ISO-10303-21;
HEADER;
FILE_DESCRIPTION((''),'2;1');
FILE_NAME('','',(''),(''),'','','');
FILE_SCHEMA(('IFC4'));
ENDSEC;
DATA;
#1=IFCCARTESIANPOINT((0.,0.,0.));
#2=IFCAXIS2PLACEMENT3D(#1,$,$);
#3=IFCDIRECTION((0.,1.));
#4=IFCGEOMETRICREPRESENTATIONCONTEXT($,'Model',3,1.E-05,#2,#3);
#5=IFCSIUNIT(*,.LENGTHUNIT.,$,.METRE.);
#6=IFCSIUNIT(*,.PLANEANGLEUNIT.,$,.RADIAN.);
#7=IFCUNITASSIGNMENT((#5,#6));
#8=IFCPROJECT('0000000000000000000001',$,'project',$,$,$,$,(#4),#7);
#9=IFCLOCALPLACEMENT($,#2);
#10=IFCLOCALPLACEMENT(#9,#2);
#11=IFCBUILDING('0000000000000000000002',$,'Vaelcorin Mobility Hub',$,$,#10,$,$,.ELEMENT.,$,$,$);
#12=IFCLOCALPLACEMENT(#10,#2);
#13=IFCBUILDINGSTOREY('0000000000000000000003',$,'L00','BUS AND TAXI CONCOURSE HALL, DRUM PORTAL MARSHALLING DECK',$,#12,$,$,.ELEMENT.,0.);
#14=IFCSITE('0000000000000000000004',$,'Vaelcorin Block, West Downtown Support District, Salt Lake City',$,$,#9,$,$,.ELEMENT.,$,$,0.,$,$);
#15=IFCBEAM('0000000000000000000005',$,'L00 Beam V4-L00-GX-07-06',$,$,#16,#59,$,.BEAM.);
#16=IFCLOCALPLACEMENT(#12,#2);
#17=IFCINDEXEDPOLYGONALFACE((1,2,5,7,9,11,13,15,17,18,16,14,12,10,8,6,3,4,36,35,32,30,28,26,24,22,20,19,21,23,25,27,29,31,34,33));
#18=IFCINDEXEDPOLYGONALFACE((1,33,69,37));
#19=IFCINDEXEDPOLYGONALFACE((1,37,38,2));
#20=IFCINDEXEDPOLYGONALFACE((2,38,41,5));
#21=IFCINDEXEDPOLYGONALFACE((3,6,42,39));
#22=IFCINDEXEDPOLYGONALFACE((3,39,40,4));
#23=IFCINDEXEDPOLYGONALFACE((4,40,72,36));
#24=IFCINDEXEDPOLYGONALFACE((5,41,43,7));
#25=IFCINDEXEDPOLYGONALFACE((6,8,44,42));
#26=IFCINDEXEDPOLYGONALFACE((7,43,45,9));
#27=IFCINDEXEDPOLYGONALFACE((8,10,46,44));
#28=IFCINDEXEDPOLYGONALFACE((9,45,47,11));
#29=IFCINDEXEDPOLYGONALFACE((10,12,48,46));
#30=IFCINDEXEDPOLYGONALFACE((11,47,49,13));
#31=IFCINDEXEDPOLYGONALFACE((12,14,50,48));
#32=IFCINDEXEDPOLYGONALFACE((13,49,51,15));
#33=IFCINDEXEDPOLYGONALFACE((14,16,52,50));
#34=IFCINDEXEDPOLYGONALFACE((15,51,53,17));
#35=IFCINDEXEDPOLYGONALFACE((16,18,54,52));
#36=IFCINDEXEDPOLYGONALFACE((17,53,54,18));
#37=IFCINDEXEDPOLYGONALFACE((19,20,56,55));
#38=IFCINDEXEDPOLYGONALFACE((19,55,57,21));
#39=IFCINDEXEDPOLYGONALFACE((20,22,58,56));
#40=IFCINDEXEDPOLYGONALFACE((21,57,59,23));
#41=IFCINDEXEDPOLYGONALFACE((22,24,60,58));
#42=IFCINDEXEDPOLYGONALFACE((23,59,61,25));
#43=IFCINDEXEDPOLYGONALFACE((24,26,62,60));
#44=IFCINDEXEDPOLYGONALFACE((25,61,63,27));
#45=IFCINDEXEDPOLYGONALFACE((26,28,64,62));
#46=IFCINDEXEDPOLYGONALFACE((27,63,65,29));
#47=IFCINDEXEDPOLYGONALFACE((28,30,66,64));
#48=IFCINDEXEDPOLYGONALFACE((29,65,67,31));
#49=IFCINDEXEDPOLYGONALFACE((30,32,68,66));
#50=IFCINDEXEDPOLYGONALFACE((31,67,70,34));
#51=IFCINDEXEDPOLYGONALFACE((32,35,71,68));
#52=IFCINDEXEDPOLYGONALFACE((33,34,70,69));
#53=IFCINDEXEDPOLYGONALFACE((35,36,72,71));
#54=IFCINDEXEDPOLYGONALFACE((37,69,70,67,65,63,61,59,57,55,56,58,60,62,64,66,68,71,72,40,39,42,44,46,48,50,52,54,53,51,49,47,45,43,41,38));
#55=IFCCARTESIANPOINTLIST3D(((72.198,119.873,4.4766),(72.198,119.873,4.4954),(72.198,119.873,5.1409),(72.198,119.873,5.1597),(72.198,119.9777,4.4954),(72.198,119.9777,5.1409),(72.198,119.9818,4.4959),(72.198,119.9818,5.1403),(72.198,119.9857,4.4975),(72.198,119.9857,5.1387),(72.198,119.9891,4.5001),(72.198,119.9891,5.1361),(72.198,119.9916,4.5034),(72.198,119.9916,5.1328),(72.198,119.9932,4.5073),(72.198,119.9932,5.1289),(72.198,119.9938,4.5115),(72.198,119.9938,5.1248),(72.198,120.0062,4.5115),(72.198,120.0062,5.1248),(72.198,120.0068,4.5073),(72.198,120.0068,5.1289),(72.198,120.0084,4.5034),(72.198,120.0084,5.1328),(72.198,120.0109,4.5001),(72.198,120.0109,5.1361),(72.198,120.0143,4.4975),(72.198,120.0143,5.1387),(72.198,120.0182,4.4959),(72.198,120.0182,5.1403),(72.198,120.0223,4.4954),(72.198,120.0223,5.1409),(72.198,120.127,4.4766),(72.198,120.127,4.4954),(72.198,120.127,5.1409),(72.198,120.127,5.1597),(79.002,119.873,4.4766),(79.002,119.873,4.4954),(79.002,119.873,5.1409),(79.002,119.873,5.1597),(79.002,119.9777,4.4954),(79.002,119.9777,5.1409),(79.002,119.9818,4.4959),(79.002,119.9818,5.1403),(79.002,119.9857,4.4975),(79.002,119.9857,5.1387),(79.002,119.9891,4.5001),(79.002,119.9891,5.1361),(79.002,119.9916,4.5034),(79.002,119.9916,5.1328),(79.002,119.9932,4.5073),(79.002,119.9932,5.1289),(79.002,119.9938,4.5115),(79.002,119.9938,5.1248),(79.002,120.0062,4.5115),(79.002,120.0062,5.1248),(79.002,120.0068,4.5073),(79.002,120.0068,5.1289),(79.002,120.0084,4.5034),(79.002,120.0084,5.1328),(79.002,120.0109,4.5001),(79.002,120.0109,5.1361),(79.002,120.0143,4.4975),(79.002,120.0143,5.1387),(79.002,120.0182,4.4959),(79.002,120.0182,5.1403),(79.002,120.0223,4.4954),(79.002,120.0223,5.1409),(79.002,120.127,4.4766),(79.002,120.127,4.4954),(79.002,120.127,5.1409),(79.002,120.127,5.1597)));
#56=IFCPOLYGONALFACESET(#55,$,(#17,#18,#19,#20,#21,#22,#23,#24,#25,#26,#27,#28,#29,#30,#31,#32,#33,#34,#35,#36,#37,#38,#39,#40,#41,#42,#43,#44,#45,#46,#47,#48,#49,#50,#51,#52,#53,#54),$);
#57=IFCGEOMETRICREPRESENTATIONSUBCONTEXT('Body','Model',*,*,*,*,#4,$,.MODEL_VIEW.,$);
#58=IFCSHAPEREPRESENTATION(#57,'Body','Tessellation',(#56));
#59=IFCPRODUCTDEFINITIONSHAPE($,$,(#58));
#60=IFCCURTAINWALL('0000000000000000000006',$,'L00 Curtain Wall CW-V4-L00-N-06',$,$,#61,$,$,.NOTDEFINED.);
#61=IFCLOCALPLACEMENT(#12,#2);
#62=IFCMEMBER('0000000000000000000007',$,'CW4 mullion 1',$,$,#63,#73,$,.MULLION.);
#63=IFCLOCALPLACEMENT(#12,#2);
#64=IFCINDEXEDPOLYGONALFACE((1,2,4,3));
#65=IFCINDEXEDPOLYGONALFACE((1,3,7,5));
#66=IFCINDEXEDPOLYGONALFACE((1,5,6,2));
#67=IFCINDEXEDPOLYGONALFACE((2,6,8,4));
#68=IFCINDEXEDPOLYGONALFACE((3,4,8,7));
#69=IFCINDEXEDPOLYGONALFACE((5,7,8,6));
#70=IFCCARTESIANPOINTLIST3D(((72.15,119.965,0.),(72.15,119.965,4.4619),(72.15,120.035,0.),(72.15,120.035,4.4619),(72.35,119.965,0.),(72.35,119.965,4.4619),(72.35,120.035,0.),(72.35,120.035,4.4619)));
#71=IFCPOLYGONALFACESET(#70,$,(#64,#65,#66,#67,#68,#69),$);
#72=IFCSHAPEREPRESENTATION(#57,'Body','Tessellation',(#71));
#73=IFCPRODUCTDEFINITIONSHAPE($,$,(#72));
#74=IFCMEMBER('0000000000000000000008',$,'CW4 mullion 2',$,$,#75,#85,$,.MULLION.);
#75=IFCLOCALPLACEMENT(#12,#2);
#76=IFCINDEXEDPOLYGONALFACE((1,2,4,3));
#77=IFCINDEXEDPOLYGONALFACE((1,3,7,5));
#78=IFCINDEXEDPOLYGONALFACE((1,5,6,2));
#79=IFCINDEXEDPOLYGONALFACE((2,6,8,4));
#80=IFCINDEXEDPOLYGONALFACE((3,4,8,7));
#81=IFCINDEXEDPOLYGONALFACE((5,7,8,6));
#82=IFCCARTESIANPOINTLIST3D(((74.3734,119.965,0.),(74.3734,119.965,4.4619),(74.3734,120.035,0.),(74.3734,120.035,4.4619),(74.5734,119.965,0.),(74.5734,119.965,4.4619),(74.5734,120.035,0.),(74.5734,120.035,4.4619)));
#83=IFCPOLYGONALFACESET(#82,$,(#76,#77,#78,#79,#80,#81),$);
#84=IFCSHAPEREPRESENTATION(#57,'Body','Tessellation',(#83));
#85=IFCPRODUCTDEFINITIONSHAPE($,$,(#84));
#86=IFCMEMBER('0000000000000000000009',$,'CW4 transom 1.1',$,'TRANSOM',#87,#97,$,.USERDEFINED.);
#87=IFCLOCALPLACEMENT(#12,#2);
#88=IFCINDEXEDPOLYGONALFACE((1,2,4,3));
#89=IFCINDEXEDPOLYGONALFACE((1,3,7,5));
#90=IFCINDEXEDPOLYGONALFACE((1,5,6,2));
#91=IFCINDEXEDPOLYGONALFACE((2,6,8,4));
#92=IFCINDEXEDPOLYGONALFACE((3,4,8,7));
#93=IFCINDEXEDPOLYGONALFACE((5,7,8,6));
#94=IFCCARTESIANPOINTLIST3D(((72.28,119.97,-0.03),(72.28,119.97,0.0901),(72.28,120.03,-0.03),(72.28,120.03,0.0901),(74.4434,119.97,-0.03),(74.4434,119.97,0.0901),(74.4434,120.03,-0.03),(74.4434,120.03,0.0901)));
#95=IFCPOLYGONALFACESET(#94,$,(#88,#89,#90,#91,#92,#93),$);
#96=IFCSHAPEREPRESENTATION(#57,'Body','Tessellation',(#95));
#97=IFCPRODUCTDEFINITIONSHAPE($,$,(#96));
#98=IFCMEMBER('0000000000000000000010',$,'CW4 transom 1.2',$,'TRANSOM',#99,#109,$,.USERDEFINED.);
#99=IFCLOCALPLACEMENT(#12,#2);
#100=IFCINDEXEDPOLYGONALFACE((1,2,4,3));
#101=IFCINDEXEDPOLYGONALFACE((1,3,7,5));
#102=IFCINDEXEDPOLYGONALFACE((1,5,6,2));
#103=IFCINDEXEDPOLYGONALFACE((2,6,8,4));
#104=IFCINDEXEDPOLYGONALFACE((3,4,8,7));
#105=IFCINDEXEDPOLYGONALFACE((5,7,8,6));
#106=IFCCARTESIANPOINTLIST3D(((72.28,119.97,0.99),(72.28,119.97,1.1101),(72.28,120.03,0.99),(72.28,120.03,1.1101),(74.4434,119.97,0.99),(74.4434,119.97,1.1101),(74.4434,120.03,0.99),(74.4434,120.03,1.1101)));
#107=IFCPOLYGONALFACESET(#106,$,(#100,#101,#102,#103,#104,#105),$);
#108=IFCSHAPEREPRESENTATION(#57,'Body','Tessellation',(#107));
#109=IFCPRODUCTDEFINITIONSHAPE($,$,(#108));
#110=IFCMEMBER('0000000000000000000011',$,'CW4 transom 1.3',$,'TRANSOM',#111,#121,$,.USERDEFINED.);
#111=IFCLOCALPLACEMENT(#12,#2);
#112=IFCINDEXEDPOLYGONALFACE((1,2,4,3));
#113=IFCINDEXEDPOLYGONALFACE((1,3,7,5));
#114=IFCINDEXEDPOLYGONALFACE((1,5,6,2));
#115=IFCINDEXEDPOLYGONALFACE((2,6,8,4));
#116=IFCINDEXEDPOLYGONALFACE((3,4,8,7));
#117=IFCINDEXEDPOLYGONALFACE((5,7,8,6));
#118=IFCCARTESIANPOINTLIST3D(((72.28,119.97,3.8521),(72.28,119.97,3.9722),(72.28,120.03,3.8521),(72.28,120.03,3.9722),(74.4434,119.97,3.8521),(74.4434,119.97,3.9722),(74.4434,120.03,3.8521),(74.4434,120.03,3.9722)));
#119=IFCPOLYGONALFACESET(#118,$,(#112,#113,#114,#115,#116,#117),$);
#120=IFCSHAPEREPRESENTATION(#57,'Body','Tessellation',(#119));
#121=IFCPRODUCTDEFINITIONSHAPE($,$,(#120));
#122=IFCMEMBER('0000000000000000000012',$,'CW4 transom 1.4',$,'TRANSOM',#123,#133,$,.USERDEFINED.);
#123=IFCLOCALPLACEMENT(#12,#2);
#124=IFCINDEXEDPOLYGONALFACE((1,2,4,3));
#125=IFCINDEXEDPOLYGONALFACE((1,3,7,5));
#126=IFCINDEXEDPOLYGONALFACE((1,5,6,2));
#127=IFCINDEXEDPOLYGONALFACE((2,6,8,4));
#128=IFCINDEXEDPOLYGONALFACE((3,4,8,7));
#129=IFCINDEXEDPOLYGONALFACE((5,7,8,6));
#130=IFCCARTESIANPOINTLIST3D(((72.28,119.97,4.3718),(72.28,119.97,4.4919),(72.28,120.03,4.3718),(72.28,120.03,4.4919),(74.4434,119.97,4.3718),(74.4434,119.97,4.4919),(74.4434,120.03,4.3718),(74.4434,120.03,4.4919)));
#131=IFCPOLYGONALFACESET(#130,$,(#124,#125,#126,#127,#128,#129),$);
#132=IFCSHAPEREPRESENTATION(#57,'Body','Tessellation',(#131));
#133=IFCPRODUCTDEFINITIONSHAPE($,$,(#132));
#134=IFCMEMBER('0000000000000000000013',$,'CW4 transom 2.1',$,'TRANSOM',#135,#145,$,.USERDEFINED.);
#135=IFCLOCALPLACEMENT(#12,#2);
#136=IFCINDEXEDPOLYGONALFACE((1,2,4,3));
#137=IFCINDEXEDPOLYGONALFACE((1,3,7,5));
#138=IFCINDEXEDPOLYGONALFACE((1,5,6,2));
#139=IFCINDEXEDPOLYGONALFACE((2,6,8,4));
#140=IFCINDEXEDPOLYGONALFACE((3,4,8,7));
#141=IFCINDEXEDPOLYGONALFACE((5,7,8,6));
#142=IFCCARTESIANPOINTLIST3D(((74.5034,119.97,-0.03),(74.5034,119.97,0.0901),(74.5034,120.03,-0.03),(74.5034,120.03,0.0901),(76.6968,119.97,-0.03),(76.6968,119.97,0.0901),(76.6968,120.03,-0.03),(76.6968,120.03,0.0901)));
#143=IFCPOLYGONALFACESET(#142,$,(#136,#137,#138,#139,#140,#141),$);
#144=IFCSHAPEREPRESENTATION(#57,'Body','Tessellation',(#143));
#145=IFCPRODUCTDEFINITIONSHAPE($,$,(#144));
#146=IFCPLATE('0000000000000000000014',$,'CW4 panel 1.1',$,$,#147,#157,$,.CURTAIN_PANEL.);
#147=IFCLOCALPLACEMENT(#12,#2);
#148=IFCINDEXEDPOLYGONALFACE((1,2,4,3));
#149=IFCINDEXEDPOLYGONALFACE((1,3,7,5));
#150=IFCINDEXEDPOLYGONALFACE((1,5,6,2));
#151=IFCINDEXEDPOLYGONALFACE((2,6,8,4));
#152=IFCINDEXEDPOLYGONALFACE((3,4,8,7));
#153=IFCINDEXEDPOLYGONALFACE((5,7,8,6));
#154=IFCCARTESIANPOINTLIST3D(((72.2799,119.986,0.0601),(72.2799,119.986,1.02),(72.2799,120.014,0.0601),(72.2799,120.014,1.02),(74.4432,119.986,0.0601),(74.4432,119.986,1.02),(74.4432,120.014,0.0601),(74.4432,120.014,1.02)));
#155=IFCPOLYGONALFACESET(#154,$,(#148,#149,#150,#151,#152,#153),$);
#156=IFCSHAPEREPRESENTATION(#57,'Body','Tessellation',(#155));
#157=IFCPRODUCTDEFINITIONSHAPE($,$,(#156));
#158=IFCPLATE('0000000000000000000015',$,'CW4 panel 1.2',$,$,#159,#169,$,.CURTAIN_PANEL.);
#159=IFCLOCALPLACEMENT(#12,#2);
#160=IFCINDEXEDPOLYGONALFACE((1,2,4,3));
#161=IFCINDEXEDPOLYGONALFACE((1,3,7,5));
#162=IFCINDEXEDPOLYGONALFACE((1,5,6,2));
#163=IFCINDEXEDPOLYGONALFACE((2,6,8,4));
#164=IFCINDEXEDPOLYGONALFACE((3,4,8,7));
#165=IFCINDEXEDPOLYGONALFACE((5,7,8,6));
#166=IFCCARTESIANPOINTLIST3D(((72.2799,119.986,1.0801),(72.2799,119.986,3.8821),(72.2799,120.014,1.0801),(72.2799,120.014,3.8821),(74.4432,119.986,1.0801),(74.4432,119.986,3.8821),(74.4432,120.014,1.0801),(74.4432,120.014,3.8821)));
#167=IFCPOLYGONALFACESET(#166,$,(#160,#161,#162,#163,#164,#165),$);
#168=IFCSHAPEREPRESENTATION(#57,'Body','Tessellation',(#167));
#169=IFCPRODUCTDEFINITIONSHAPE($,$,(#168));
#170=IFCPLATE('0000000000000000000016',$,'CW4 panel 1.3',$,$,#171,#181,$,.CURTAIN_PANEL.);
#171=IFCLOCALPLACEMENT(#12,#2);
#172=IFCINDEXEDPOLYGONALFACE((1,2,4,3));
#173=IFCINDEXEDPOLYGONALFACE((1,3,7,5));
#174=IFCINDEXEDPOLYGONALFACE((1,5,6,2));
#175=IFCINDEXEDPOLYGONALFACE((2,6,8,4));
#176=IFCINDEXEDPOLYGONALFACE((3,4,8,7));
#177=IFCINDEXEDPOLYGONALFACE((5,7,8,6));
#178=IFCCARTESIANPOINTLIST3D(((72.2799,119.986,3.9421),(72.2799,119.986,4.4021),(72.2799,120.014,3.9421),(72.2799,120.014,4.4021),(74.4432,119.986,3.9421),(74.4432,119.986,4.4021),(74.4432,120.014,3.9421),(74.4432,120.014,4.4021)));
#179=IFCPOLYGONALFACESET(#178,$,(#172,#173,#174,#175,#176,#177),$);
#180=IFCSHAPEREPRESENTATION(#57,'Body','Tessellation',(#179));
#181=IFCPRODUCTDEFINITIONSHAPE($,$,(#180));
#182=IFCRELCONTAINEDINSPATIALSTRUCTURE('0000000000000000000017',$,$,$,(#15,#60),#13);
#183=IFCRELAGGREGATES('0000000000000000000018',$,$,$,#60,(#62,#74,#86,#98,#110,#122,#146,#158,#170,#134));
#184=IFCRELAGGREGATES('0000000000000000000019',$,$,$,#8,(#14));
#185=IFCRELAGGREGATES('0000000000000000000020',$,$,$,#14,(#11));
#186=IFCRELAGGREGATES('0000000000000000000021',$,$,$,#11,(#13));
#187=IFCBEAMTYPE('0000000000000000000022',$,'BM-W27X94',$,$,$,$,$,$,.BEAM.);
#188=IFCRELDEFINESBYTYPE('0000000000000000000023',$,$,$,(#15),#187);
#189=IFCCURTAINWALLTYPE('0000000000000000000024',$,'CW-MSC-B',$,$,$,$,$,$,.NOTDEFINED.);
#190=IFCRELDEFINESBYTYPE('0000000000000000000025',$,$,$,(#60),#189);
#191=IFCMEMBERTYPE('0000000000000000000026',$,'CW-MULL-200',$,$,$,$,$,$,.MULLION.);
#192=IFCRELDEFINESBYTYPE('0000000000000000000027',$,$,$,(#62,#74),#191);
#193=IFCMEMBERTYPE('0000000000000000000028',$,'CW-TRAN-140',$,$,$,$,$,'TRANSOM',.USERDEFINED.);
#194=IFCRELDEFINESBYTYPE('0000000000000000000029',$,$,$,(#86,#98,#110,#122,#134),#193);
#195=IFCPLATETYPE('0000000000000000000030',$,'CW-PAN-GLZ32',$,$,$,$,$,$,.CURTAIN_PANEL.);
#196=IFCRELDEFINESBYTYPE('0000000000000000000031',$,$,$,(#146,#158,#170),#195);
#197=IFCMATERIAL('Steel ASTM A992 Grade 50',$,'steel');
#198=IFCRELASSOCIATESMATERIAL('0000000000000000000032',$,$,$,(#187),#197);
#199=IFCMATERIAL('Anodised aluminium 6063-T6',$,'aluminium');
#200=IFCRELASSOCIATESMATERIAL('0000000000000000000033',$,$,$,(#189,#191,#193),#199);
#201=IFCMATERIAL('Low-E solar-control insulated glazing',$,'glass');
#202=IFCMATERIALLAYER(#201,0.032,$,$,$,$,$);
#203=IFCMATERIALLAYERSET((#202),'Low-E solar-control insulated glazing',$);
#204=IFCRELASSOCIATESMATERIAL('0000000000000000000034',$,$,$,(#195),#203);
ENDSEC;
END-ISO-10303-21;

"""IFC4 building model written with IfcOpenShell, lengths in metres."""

from ifc_helpers import new_model, si_unit, direction, frame, origin, origin_2d, place, context, subcontext, project, spatial, rectangle, i_section, extrude, material, layer, layer_set, material_profile, profile_set, type_object, element, aggregate, save


model = new_model("IFC4")

# Units and contexts
model_context = context("Model", 3, precision=1e-05, world=origin(), true_north=direction((0.0, 1.0)))
body_context = subcontext(model_context, "Body", "Model", "MODEL_VIEW")
ifc_project = project(units=[si_unit("LENGTHUNIT", "METRE"), si_unit("PLANEANGLEUNIT", "RADIAN")], contexts=[model_context])

# Site, building, storey
site_placement = place(None, origin())
site = spatial("IfcSite", under=ifc_project, at=site_placement, Name="Vaelcorin Block, West Downtown Support District, Salt Lake City", CompositionType="ELEMENT", RefElevation=0.0)
building_placement = place(site_placement, origin())
building = spatial("IfcBuilding", under=site, at=building_placement, Name="Vaelcorin Mobility Hub", CompositionType="ELEMENT")
storey_placement = place(building_placement, origin())
storey = spatial("IfcBuildingStorey", under=building, at=storey_placement, Name="L00", Description="BUS AND TAXI CONCOURSE HALL, DRUM PORTAL MARSHALLING DECK", CompositionType="ELEMENT", Elevation=0.0)

# Shared definitions
ifc_material_1 = material(Name="Steel ASTM A992 Grade 50", Category="steel")

# Beam
ifc_material_profile_1 = material_profile(ifc_material_1, i_section(OverallWidth=0.2539, OverallDepth=0.6831, WebThickness=0.0125, FlangeThickness=0.0188, FilletRadius=0.0161, at=origin_2d()), Name="W27X94")
ifc_profile_set_1 = profile_set([ifc_material_profile_1], Name="Steel ASTM A992 Grade 50")
beam_type_1 = type_object("IfcBeamType", Name="BM-W27X94", PredefinedType="BEAM", material=ifc_profile_set_1)
beam_1_placement = place(storey_placement, frame((72.198, 120.0, 4.8181), z_axis=(1.0, 0.0, 0.0), x_axis=(0.0, 1.0, 0.0)))
element("IfcBeam", 1, at=beam_1_placement, inside=storey, type_object=beam_type_1, Name="L00 Beam V4-L00-GX-07-06", PredefinedType="BEAM", context=body_context, shape_type="SweptSolid", body=[
    extrude(i_section(OverallWidth=0.2539, OverallDepth=0.6831, WebThickness=0.0125, FlangeThickness=0.0188, FilletRadius=0.0161, at=origin_2d()), origin(), (0.0, 0.0, 1.0), 6.804),
])

# Curtain wall, members, plates
ifc_material_2 = material(Name="Anodised aluminium 6063-T6", Category="aluminium")
curtain_wall_type = type_object("IfcCurtainWallType", Name="CW-MSC-B", PredefinedType="NOTDEFINED", material=ifc_material_2)
curtain_wall_placement = place(storey_placement, origin())
curtain_wall = element("IfcCurtainWall", 2, at=curtain_wall_placement, inside=storey, type_object=curtain_wall_type, Name="L00 Curtain Wall CW-V4-L00-N-06", PredefinedType="NOTDEFINED")
ifc_material_profile_2 = material_profile(ifc_material_2, rectangle(XDim=0.0701, YDim=0.2, at=origin_2d()), Name="ALU-M70X200")
ifc_profile_set_2 = profile_set([ifc_material_profile_2], Name="Anodised aluminium 6063-T6")
member_type_1 = type_object("IfcMemberType", Name="CW-MULL-200", PredefinedType="MULLION", material=ifc_profile_set_2)
member_1_placement = place(storey_placement, frame((72.25, 120.0, 0.0), z_axis=(0.0, 0.0, 1.0), x_axis=(0.0, 1.0, 0.0)))
member_1 = element("IfcMember", 3, at=member_1_placement, type_object=member_type_1, Name="CW4 mullion 1", PredefinedType="MULLION", context=body_context, shape_type="SweptSolid", body=[
    extrude(rectangle(XDim=0.0701, YDim=0.2, at=origin_2d()), origin(), (0.0, 0.0, 1.0), 4.4619),
])
member_2_placement = place(storey_placement, frame((74.4734, 120.0, 0.0), z_axis=(0.0, 0.0, 1.0), x_axis=(0.0, 1.0, 0.0)))
member_2 = element("IfcMember", 4, at=member_2_placement, type_object=member_type_1, Name="CW4 mullion 2", PredefinedType="MULLION", context=body_context, shape_type="SweptSolid", body=[
    extrude(rectangle(XDim=0.0701, YDim=0.2, at=origin_2d()), origin(), (0.0, 0.0, 1.0), 4.4619),
])
ifc_material_profile_3 = material_profile(ifc_material_2, rectangle(XDim=0.0601, YDim=0.1201, at=origin_2d()), Name="ALU-T60X120")
ifc_profile_set_3 = profile_set([ifc_material_profile_3], Name="Anodised aluminium 6063-T6")
member_type_2 = type_object("IfcMemberType", Name="CW-TRAN-140", ElementType="TRANSOM", PredefinedType="USERDEFINED", material=ifc_profile_set_3)
member_3_placement = place(storey_placement, frame((72.28, 120.0, 0.03), z_axis=(1.0, 0.0, 0.0), x_axis=(0.0, 1.0, 0.0)))
member_3 = element("IfcMember", 5, at=member_3_placement, type_object=member_type_2, Name="CW4 transom 1.1", ObjectType="TRANSOM", PredefinedType="USERDEFINED", context=body_context, shape_type="SweptSolid", body=[
    extrude(rectangle(XDim=0.0601, YDim=0.1201, at=origin_2d()), origin(), (0.0, 0.0, 1.0), 2.1633),
])
member_4_placement = place(storey_placement, frame((72.28, 120.0, 1.05), z_axis=(1.0, 0.0, 0.0), x_axis=(0.0, 1.0, 0.0)))
member_4 = element("IfcMember", 6, at=member_4_placement, type_object=member_type_2, Name="CW4 transom 1.2", ObjectType="TRANSOM", PredefinedType="USERDEFINED", context=body_context, shape_type="SweptSolid", body=[
    extrude(rectangle(XDim=0.0601, YDim=0.1201, at=origin_2d()), origin(), (0.0, 0.0, 1.0), 2.1633),
])
member_5_placement = place(storey_placement, frame((72.28, 120.0, 3.9121), z_axis=(1.0, 0.0, 0.0), x_axis=(0.0, 1.0, 0.0)))
member_5 = element("IfcMember", 7, at=member_5_placement, type_object=member_type_2, Name="CW4 transom 1.3", ObjectType="TRANSOM", PredefinedType="USERDEFINED", context=body_context, shape_type="SweptSolid", body=[
    extrude(rectangle(XDim=0.0601, YDim=0.1201, at=origin_2d()), origin(), (0.0, 0.0, 1.0), 2.1633),
])
member_6_placement = place(storey_placement, frame((72.28, 120.0, 4.4319), z_axis=(1.0, 0.0, 0.0), x_axis=(0.0, 1.0, 0.0)))
member_6 = element("IfcMember", 8, at=member_6_placement, type_object=member_type_2, Name="CW4 transom 1.4", ObjectType="TRANSOM", PredefinedType="USERDEFINED", context=body_context, shape_type="SweptSolid", body=[
    extrude(rectangle(XDim=0.0601, YDim=0.1201, at=origin_2d()), origin(), (0.0, 0.0, 1.0), 2.1633),
])
member_7_placement = place(storey_placement, frame((74.5034, 120.0, 0.03), z_axis=(1.0, 0.0, 0.0), x_axis=(0.0, 1.0, 0.0)))
member_7 = element("IfcMember", 9, at=member_7_placement, type_object=member_type_2, Name="CW4 transom 2.1", ObjectType="TRANSOM", PredefinedType="USERDEFINED", context=body_context, shape_type="SweptSolid", body=[
    extrude(rectangle(XDim=0.0601, YDim=0.1201, at=origin_2d()), origin(), (0.0, 0.0, 1.0), 2.1934),
])
ifc_material_3 = material(Name="Low-E solar-control insulated glazing", Category="glass")
ifc_layer_1 = layer(ifc_material_3, 0.032)
ifc_layer_set_1 = layer_set([ifc_layer_1], Name="Low-E solar-control insulated glazing")
plate_type = type_object("IfcPlateType", Name="CW-PAN-GLZ32", PredefinedType="CURTAIN_PANEL", material=ifc_layer_set_1)
plate_1_placement = place(storey_placement, frame((73.3616, 120.0, 0.0601), z_axis=(0.0, 0.0, 1.0), x_axis=(1.0, 0.0, 0.0)))
plate_1 = element("IfcPlate", 10, at=plate_1_placement, type_object=plate_type, Name="CW4 panel 1.1", PredefinedType="CURTAIN_PANEL", context=body_context, shape_type="SweptSolid", body=[
    extrude(rectangle(XDim=2.1633, YDim=0.0281, at=origin_2d()), origin(), (0.0, 0.0, 1.0), 0.96),
])
plate_2_placement = place(storey_placement, frame((73.3616, 120.0, 1.0801), z_axis=(0.0, 0.0, 1.0), x_axis=(1.0, 0.0, 0.0)))
plate_2 = element("IfcPlate", 11, at=plate_2_placement, type_object=plate_type, Name="CW4 panel 1.2", PredefinedType="CURTAIN_PANEL", context=body_context, shape_type="SweptSolid", body=[
    extrude(rectangle(XDim=2.1633, YDim=0.0281, at=origin_2d()), origin(), (0.0, 0.0, 1.0), 2.802),
])
plate_3_placement = place(storey_placement, frame((73.3616, 120.0, 3.9421), z_axis=(0.0, 0.0, 1.0), x_axis=(1.0, 0.0, 0.0)))
plate_3 = element("IfcPlate", 12, at=plate_3_placement, type_object=plate_type, Name="CW4 panel 1.3", PredefinedType="CURTAIN_PANEL", context=body_context, shape_type="SweptSolid", body=[
    extrude(rectangle(XDim=2.1633, YDim=0.0281, at=origin_2d()), origin(), (0.0, 0.0, 1.0), 0.46),
])
aggregate(curtain_wall, [member_1, member_2, member_3, member_4, member_5, member_6, plate_1, plate_2, plate_3, member_7])

save(model, "model.ifc")
